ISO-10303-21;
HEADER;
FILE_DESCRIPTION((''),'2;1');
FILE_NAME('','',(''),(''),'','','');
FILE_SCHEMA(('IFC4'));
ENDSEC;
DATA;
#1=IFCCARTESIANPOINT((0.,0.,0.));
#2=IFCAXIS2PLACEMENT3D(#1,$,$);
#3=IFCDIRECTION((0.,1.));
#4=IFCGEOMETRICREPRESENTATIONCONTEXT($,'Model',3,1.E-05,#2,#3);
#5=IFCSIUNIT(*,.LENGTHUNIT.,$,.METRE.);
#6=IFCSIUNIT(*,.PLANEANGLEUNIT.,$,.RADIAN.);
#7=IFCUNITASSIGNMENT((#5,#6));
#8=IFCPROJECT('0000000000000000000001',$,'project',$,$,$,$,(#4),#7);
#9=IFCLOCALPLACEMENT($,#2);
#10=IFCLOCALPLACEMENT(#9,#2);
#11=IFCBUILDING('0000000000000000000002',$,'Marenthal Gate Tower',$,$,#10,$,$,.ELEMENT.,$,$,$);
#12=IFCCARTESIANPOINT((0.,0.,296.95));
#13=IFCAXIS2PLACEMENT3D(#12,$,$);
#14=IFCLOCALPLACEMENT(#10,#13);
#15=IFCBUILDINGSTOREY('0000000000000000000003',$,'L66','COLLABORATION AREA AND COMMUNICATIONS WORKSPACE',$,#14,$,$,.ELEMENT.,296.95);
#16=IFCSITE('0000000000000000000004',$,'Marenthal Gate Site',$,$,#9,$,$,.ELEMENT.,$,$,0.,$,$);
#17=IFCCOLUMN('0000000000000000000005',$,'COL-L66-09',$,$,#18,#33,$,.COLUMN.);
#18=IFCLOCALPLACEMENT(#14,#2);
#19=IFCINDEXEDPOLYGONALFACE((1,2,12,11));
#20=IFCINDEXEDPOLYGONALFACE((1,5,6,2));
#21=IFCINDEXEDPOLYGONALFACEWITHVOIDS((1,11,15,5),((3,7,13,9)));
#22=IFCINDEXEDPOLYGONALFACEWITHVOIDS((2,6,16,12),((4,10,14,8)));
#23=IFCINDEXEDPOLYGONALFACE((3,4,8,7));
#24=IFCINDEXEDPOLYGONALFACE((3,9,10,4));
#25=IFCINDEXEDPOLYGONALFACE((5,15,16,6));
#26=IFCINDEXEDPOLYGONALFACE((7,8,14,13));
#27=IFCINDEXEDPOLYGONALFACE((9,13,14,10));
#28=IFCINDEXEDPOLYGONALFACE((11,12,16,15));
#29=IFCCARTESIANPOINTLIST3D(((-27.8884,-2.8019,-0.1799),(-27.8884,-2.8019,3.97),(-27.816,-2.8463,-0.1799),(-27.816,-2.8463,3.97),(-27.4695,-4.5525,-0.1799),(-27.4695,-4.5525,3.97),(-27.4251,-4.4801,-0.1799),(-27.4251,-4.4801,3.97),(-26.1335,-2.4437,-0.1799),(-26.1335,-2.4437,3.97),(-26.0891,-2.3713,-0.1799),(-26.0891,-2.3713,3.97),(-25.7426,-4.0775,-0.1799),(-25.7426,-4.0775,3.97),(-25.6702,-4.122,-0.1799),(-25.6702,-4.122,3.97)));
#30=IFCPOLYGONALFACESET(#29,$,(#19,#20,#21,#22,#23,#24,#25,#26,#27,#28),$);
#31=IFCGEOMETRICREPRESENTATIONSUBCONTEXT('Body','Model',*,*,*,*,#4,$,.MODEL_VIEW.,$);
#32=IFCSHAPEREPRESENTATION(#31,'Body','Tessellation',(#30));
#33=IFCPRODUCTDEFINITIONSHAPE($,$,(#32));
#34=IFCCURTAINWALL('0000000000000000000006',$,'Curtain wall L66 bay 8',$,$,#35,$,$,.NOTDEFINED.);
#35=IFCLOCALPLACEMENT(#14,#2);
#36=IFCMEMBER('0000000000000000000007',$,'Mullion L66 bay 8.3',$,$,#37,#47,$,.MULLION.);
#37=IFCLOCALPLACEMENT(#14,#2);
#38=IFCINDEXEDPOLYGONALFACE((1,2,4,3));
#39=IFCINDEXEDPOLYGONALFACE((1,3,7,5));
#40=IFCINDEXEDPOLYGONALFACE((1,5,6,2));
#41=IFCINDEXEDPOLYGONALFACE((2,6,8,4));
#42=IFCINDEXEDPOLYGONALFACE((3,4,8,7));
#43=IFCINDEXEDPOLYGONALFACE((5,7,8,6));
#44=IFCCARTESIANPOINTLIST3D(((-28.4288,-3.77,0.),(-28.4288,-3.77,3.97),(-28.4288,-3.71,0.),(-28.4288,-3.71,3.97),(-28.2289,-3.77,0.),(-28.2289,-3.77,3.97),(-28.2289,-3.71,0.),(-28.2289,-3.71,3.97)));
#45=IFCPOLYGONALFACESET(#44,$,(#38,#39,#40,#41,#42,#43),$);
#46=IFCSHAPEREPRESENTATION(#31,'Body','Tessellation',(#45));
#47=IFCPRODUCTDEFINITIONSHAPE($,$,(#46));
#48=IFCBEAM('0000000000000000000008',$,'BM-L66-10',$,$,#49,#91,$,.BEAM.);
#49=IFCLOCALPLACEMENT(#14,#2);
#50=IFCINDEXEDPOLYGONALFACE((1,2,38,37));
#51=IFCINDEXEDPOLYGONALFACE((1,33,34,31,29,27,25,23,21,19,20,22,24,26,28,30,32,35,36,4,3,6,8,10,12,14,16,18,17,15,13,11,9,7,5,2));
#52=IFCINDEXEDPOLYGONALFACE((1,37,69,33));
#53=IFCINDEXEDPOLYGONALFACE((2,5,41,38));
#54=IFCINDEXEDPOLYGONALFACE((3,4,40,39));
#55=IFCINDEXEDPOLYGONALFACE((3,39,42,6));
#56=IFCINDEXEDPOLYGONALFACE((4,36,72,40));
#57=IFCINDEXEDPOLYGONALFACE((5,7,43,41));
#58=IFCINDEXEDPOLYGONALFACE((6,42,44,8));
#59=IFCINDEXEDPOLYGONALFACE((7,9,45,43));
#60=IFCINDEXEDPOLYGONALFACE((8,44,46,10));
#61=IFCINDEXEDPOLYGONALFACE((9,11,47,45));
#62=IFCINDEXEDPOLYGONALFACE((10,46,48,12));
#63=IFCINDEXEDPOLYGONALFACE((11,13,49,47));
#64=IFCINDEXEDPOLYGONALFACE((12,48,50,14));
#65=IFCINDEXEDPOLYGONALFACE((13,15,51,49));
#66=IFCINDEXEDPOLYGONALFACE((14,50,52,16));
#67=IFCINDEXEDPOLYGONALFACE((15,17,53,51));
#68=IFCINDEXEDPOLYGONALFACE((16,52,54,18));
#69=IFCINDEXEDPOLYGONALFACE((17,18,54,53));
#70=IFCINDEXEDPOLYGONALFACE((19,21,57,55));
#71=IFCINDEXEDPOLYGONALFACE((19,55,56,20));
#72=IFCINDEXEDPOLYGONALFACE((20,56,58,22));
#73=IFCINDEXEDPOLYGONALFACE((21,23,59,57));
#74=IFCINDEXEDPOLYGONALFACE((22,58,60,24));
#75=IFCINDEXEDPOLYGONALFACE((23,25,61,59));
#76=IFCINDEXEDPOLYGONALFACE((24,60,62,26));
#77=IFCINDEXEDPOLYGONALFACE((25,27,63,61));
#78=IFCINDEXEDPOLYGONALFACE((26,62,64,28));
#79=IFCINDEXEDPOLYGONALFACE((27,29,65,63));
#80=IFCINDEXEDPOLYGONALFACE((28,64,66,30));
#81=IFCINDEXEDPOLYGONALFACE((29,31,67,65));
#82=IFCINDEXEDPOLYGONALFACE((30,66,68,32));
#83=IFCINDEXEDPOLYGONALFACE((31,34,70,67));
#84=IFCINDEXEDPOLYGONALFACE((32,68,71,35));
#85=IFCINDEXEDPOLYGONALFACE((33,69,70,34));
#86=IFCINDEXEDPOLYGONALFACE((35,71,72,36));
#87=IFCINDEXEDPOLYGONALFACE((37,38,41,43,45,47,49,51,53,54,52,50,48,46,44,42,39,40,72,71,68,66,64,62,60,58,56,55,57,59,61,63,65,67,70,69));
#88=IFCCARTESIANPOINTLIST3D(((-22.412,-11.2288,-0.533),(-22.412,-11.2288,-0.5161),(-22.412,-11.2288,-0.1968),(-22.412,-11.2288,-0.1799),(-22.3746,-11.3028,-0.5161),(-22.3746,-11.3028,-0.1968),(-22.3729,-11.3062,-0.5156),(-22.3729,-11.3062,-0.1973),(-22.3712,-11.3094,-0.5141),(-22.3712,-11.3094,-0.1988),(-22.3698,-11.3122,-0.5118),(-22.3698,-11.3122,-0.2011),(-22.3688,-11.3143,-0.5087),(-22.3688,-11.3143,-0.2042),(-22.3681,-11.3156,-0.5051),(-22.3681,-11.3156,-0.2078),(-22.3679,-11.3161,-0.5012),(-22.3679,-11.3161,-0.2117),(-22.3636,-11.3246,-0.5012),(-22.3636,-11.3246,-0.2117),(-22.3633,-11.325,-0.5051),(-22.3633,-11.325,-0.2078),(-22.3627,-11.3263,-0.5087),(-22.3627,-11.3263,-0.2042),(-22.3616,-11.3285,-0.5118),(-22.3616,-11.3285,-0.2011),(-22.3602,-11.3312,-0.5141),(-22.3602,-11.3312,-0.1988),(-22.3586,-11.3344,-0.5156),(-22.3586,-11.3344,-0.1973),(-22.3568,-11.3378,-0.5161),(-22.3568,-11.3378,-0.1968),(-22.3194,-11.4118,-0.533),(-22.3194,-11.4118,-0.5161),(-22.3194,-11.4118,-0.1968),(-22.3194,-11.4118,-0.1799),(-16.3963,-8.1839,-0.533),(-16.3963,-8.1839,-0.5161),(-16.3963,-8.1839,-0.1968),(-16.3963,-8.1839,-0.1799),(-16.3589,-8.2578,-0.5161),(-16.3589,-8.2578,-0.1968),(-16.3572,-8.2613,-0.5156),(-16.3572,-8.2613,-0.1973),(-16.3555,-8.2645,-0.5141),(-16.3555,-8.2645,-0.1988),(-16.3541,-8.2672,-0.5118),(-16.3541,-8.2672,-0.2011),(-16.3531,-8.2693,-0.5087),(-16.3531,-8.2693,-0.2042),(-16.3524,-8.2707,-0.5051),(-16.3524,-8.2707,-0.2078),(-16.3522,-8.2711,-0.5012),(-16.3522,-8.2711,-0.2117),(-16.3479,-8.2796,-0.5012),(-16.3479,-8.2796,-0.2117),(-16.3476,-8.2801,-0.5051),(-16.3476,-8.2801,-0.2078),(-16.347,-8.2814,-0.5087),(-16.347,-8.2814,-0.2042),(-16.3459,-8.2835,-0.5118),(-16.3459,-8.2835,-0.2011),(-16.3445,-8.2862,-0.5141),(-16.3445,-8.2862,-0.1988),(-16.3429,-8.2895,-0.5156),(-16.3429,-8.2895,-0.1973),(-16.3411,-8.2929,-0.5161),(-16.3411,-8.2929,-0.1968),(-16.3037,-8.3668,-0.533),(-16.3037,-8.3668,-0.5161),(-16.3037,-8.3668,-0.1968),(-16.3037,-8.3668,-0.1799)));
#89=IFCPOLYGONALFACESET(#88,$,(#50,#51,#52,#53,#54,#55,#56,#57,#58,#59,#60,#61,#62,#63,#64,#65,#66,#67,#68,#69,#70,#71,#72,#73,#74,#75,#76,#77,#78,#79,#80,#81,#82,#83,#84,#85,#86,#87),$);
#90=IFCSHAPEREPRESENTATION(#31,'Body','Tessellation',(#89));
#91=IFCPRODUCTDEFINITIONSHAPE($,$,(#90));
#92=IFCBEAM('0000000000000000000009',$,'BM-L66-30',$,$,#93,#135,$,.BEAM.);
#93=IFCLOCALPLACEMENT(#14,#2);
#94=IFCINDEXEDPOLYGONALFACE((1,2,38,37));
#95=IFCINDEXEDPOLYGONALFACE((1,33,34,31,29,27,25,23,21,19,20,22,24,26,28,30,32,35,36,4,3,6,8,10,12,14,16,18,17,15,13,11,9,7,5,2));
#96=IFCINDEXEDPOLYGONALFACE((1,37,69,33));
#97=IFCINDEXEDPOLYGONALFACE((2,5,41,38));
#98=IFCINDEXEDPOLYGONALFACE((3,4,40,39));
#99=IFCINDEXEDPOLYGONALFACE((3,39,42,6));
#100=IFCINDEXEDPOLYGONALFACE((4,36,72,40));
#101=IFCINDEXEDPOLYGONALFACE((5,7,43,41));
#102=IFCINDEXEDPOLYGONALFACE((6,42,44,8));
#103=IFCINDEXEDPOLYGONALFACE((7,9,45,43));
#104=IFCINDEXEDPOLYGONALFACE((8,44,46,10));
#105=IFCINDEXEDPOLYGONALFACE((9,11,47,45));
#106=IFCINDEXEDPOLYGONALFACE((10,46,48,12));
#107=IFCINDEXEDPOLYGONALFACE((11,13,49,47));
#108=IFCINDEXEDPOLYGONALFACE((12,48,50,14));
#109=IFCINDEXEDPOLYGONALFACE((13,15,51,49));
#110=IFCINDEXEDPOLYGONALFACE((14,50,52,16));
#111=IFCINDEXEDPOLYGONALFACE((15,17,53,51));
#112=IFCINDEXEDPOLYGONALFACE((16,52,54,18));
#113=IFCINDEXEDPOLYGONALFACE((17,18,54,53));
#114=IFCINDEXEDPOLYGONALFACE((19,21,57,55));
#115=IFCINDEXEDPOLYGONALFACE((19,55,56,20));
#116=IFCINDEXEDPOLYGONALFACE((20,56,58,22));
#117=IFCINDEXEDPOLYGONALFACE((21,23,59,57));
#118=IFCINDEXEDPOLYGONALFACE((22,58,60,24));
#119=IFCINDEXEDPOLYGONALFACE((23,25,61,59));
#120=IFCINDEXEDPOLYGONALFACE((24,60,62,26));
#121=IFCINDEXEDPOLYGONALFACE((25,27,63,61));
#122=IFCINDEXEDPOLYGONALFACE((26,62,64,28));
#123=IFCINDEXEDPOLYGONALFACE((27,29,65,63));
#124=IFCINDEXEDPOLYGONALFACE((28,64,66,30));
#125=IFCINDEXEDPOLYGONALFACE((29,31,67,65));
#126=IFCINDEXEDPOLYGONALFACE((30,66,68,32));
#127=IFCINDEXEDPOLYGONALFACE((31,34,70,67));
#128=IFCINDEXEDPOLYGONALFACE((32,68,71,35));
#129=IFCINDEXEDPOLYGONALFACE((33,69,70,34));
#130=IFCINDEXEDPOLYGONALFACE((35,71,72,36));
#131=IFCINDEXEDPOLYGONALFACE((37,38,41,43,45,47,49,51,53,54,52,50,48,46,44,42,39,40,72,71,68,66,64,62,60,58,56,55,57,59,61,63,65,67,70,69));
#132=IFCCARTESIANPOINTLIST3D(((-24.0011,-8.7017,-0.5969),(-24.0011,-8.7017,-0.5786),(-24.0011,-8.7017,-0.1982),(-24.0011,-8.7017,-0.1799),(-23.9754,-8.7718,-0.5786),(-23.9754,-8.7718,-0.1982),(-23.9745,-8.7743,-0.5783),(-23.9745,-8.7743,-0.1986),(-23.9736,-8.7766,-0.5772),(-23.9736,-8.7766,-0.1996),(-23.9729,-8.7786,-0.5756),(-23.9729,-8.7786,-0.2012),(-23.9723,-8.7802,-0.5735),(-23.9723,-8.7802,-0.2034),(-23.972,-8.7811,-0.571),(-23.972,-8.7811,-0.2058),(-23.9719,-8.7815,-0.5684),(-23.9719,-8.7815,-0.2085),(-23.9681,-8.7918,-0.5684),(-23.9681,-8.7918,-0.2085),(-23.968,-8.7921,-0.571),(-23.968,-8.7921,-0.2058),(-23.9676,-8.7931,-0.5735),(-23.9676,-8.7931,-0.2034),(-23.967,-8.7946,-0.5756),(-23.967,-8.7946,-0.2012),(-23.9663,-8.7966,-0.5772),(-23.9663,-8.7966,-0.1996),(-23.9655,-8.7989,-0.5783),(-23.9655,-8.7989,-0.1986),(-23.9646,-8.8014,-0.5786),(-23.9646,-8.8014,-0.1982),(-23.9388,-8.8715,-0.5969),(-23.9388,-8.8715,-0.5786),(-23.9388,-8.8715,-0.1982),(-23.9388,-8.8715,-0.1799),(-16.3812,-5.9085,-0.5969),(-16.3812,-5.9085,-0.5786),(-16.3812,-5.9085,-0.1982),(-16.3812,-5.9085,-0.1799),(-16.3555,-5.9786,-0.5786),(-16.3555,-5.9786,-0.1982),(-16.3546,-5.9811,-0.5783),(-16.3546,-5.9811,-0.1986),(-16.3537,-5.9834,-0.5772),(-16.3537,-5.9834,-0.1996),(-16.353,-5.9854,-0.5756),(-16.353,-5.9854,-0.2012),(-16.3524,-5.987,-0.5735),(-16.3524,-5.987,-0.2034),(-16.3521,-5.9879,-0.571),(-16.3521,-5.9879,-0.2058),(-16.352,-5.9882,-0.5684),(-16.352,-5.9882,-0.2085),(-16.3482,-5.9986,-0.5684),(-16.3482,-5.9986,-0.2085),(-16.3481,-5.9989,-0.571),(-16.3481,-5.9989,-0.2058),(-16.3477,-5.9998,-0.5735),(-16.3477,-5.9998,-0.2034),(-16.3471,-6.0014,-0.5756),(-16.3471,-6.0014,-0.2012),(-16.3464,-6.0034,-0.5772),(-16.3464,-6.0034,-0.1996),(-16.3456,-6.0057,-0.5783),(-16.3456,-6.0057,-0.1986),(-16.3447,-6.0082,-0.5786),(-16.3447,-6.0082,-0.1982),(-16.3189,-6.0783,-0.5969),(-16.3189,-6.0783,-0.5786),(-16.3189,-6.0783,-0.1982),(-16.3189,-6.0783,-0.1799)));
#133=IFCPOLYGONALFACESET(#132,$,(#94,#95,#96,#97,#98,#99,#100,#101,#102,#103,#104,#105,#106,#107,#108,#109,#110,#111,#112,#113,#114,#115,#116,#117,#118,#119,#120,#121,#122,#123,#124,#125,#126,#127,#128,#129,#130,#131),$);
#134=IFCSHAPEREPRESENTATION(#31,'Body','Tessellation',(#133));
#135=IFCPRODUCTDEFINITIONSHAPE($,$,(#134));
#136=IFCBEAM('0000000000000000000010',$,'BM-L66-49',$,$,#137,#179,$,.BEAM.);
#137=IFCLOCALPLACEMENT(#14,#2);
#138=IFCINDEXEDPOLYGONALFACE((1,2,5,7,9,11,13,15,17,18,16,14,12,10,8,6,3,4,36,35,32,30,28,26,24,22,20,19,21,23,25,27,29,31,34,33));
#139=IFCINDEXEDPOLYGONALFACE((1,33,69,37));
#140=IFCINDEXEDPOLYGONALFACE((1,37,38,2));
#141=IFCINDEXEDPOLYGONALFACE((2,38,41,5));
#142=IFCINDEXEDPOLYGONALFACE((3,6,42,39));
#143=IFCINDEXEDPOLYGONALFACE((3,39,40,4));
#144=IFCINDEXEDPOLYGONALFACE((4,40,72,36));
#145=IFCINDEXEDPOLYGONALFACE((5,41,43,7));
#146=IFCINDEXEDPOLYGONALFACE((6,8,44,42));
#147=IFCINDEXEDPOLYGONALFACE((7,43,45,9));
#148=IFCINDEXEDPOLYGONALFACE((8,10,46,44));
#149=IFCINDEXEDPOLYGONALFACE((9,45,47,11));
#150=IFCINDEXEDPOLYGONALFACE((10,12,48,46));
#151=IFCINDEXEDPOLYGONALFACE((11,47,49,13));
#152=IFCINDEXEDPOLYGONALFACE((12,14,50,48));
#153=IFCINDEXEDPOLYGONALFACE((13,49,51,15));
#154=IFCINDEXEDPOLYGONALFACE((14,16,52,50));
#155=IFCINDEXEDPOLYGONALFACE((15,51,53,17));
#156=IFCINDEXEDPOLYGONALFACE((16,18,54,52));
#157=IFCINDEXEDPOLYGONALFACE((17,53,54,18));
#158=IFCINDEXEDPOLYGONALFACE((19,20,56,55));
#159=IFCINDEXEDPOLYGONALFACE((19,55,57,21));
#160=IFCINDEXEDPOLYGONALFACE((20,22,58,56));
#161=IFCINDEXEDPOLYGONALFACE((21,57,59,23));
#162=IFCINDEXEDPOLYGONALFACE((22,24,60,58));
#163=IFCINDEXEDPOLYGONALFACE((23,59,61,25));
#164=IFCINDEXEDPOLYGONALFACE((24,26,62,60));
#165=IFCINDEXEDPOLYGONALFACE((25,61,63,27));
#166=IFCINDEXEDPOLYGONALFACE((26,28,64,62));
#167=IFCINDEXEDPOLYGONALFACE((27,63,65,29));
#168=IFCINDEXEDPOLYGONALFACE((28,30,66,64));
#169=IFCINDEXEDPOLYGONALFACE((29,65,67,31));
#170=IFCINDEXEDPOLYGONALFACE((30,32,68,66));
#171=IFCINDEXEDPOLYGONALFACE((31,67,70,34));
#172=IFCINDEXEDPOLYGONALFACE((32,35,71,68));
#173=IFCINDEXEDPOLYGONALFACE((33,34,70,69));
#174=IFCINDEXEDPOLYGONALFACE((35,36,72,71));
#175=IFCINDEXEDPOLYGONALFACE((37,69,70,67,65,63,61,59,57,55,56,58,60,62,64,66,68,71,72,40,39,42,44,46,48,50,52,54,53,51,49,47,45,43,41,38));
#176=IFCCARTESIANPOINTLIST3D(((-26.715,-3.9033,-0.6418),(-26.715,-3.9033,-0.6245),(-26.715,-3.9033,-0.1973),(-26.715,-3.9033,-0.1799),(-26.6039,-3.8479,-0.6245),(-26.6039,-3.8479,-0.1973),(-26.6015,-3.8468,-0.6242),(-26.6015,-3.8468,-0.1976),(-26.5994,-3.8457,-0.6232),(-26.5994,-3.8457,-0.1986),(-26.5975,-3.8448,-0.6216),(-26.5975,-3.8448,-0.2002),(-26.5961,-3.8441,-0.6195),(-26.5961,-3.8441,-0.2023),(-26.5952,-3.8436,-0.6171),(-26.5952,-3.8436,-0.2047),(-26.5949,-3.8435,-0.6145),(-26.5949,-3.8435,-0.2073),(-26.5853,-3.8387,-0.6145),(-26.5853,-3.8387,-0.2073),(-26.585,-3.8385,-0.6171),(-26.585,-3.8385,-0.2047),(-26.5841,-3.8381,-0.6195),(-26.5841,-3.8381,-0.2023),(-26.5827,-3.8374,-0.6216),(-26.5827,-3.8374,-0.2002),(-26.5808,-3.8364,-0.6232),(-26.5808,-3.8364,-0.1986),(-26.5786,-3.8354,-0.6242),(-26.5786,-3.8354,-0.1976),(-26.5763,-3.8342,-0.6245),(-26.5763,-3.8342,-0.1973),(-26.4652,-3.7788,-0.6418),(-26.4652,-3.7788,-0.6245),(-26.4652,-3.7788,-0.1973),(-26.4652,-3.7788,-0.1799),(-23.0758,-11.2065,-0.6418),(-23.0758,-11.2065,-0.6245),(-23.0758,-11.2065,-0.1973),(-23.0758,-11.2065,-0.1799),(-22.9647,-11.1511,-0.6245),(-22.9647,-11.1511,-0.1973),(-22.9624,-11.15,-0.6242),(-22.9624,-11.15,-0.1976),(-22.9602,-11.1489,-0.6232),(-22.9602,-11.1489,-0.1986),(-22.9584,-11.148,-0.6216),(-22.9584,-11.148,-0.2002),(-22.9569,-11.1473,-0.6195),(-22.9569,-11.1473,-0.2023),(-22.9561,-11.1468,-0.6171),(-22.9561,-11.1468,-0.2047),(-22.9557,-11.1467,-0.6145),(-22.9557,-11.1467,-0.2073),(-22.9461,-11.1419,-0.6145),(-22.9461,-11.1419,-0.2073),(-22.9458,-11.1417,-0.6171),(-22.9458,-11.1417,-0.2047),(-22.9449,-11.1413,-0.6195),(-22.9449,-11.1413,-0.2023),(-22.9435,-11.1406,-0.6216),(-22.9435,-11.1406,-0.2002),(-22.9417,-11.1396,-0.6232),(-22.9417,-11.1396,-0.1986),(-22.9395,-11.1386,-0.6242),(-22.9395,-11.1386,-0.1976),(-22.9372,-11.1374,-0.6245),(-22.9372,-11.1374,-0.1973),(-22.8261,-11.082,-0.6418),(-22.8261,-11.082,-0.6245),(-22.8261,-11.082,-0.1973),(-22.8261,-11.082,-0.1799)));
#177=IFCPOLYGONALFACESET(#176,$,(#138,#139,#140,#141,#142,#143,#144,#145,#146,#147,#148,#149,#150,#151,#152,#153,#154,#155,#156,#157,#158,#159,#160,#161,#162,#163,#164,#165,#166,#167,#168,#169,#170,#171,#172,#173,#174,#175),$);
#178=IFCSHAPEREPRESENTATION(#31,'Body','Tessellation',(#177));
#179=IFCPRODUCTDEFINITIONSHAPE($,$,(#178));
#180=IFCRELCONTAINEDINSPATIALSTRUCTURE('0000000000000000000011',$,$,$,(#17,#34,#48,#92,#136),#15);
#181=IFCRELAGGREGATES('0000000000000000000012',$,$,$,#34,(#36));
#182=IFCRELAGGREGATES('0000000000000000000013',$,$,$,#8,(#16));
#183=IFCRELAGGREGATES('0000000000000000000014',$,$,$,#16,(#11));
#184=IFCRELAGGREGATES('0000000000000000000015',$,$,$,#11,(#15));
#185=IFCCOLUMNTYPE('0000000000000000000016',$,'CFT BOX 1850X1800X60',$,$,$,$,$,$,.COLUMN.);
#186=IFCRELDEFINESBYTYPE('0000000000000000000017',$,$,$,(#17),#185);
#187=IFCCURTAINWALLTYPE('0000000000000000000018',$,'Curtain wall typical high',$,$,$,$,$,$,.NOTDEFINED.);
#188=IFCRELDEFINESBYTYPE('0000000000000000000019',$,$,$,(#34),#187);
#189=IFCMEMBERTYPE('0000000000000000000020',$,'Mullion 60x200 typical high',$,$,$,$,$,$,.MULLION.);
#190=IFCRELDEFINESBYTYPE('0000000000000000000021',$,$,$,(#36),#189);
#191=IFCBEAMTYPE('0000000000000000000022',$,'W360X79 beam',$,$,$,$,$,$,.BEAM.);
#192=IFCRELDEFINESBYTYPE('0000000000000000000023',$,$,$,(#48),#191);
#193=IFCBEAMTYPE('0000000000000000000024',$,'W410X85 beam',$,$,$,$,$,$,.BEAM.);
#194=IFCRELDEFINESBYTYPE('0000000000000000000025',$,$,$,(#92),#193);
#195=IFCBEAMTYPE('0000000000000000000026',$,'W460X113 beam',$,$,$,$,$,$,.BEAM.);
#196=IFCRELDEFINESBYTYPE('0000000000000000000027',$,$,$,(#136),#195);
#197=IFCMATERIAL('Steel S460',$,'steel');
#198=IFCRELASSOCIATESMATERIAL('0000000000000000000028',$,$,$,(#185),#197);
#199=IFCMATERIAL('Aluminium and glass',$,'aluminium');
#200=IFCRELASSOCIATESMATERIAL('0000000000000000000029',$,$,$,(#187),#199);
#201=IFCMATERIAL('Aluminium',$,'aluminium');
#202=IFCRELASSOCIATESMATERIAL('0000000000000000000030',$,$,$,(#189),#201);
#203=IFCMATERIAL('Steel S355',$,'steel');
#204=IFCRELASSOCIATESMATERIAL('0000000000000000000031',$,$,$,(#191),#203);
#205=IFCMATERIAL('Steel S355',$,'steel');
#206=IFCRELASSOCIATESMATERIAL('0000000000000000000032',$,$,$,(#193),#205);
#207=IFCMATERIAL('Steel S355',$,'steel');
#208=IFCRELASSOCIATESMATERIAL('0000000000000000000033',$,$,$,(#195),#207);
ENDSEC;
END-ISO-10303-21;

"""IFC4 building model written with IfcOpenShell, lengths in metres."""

from ifc_helpers import new_model, si_unit, direction, frame, origin, origin_2d, place, context, subcontext, project, spatial, rectangle, hollow_rectangle, i_section, extrude, material, material_profile, profile_set, type_object, element, aggregate, save


model = new_model("IFC4")

# Units and contexts
model_context = context("Model", 3, precision=1e-05, world=origin(), true_north=direction((0.0, 1.0)))
body_context = subcontext(model_context, "Body", "Model", "MODEL_VIEW")
ifc_project = project(units=[si_unit("LENGTHUNIT", "METRE"), si_unit("PLANEANGLEUNIT", "RADIAN")], contexts=[model_context])

# Site, building, storey
site_placement = place(None, origin())
site = spatial("IfcSite", under=ifc_project, at=site_placement, Name="Marenthal Gate Site", CompositionType="ELEMENT", RefElevation=0.0)
building_placement = place(site_placement, origin())
building = spatial("IfcBuilding", under=site, at=building_placement, Name="Marenthal Gate Tower", CompositionType="ELEMENT")
storey_placement = place(building_placement, frame((0.0, 0.0, 296.95)))
storey = spatial("IfcBuildingStorey", under=building, at=storey_placement, Name="L66", Description="COLLABORATION AREA AND COMMUNICATIONS WORKSPACE", CompositionType="ELEMENT", Elevation=296.95)

# Column
ifc_material_1 = material(Name="Steel S460", Category="steel")
ifc_material_profile_1 = material_profile(ifc_material_1, hollow_rectangle(XDim=1.8, YDim=1.8501, WallThickness=0.0601, at=origin_2d()), Name="CFT BOX 1850X1800X60")
ifc_material_2 = material(Name="Concrete 70 MPa", Category="concrete")
ifc_material_profile_2 = material_profile(ifc_material_2, rectangle(XDim=1.6799, YDim=1.73, at=origin_2d()), Name="CFT BOX 1850X1800X60 INFILL")
ifc_profile_set_1 = profile_set([ifc_material_profile_1, ifc_material_profile_2], Name="Steel S460 shell, Concrete 70 MPa infill")
column_type = type_object("IfcColumnType", Name="CFT BOX 1850X1800X60", PredefinedType="COLUMN", material=ifc_profile_set_1)
column_placement = place(storey_placement, frame((-26.7793, -3.4619, -0.1799), z_axis=(0.0, 0.0, 1.0), x_axis=(-0.232716, 0.972545, 0.0)))
element("IfcColumn", 1, at=column_placement, inside=storey, type_object=column_type, Name="COL-L66-09", PredefinedType="COLUMN", context=body_context, shape_type="SweptSolid", body=[
    extrude(hollow_rectangle(XDim=1.8, YDim=1.8501, WallThickness=0.0601, at=origin_2d()), origin(), (0.0, 0.0, 1.0), 4.1499),
])

# Curtain wall, member
ifc_material_3 = material(Name="Aluminium and glass", Category="aluminium")
curtain_wall_type = type_object("IfcCurtainWallType", Name="Curtain wall typical high", PredefinedType="NOTDEFINED", material=ifc_material_3)
curtain_wall_placement = place(storey_placement, origin())
curtain_wall = element("IfcCurtainWall", 2, at=curtain_wall_placement, inside=storey, type_object=curtain_wall_type, Name="Curtain wall L66 bay 8", PredefinedType="NOTDEFINED")
ifc_material_4 = material(Name="Aluminium", Category="aluminium")
ifc_material_profile_3 = material_profile(ifc_material_4, rectangle(XDim=0.2, YDim=0.0601, at=origin_2d()), Name="60x200 aluminium mullion")
ifc_profile_set_2 = profile_set([ifc_material_profile_3], Name="Aluminium")
member_type = type_object("IfcMemberType", Name="Mullion 60x200 typical high", PredefinedType="MULLION", material=ifc_profile_set_2)
member_placement = place(storey_placement, frame((-28.3289, -3.74, 0.0), z_axis=(0.0, 0.0, 1.0), x_axis=(1.0, 0.0, 0.0)))
member = element("IfcMember", 3, at=member_placement, type_object=member_type, Name="Mullion L66 bay 8.3", PredefinedType="MULLION", context=body_context, shape_type="SweptSolid", body=[
    extrude(rectangle(XDim=0.2, YDim=0.0601, at=origin_2d()), origin(), (0.0, 0.0, 1.0), 3.97),
])

# Beams
ifc_material_5 = material(Name="Steel S355", Category="steel")
ifc_material_profile_4 = material_profile(ifc_material_5, i_section(OverallWidth=0.2051, OverallDepth=0.353, WebThickness=0.0095, FlangeThickness=0.0168, FilletRadius=0.0149, at=origin_2d()), Name="W360X79")
ifc_profile_set_3 = profile_set([ifc_material_profile_4], Name="Steel S355")
beam_type_1 = type_object("IfcBeamType", Name="W360X79 beam", PredefinedType="BEAM", material=ifc_profile_set_3)
beam_1_placement = place(storey_placement, frame((-22.3657, -11.3203, -0.3564), z_axis=(0.892215, 0.451611, 0.0), x_axis=(-0.451611, 0.892215, 0.0)))
element("IfcBeam", 4, at=beam_1_placement, inside=storey, type_object=beam_type_1, Name="BM-L66-10", PredefinedType="BEAM", context=body_context, shape_type="SweptSolid", body=[
    extrude(i_section(OverallWidth=0.2051, OverallDepth=0.353, WebThickness=0.0095, FlangeThickness=0.0168, FilletRadius=0.0149, at=origin_2d()), origin(), (0.0, 0.0, 1.0), 6.7424),
])
ifc_material_6 = material(Name="Steel S355", Category="steel")
ifc_material_profile_5 = material_profile(ifc_material_6, i_section(OverallWidth=0.1809, OverallDepth=0.417, WebThickness=0.011, FlangeThickness=0.0183, FilletRadius=0.0103, at=origin_2d()), Name="W410X85")
ifc_profile_set_4 = profile_set([ifc_material_profile_5], Name="Steel S355")
beam_type_2 = type_object("IfcBeamType", Name="W410X85 beam", PredefinedType="BEAM", material=ifc_profile_set_4)
beam_2_placement = place(storey_placement, frame((-23.97, -8.7866, -0.3884), z_axis=(0.938906, 0.344174, 0.0), x_axis=(-0.344174, 0.938906, 0.0)))
element("IfcBeam", 5, at=beam_2_placement, inside=storey, type_object=beam_type_2, Name="BM-L66-30", PredefinedType="BEAM", context=body_context, shape_type="SweptSolid", body=[
    extrude(i_section(OverallWidth=0.1809, OverallDepth=0.417, WebThickness=0.011, FlangeThickness=0.0183, FilletRadius=0.0103, at=origin_2d()), origin(), (0.0, 0.0, 1.0), 8.1157),
])
ifc_material_7 = material(Name="Steel S355", Category="steel")
ifc_material_profile_6 = material_profile(ifc_material_7, i_section(OverallWidth=0.2791, OverallDepth=0.4619, WebThickness=0.0107, FlangeThickness=0.0173, FilletRadius=0.01, at=origin_2d()), Name="W460X113")
ifc_profile_set_5 = profile_set([ifc_material_profile_6], Name="Steel S355")
beam_type_3 = type_object("IfcBeamType", Name="W460X113 beam", PredefinedType="BEAM", material=ifc_profile_set_5)
beam_3_placement = place(storey_placement, frame((-26.5901, -3.8411, -0.4109), z_axis=(0.445992, -0.895037, 0.0), x_axis=(0.895037, 0.445992, 0.0)))
element("IfcBeam", 6, at=beam_3_placement, inside=storey, type_object=beam_type_3, Name="BM-L66-49", PredefinedType="BEAM", context=body_context, shape_type="SweptSolid", body=[
    extrude(i_section(OverallWidth=0.2791, OverallDepth=0.4619, WebThickness=0.0107, FlangeThickness=0.0173, FilletRadius=0.01, at=origin_2d()), origin(), (0.0, 0.0, 1.0), 8.1597),
])

aggregate(curtain_wall, [member])

save(model, "model.ifc")
